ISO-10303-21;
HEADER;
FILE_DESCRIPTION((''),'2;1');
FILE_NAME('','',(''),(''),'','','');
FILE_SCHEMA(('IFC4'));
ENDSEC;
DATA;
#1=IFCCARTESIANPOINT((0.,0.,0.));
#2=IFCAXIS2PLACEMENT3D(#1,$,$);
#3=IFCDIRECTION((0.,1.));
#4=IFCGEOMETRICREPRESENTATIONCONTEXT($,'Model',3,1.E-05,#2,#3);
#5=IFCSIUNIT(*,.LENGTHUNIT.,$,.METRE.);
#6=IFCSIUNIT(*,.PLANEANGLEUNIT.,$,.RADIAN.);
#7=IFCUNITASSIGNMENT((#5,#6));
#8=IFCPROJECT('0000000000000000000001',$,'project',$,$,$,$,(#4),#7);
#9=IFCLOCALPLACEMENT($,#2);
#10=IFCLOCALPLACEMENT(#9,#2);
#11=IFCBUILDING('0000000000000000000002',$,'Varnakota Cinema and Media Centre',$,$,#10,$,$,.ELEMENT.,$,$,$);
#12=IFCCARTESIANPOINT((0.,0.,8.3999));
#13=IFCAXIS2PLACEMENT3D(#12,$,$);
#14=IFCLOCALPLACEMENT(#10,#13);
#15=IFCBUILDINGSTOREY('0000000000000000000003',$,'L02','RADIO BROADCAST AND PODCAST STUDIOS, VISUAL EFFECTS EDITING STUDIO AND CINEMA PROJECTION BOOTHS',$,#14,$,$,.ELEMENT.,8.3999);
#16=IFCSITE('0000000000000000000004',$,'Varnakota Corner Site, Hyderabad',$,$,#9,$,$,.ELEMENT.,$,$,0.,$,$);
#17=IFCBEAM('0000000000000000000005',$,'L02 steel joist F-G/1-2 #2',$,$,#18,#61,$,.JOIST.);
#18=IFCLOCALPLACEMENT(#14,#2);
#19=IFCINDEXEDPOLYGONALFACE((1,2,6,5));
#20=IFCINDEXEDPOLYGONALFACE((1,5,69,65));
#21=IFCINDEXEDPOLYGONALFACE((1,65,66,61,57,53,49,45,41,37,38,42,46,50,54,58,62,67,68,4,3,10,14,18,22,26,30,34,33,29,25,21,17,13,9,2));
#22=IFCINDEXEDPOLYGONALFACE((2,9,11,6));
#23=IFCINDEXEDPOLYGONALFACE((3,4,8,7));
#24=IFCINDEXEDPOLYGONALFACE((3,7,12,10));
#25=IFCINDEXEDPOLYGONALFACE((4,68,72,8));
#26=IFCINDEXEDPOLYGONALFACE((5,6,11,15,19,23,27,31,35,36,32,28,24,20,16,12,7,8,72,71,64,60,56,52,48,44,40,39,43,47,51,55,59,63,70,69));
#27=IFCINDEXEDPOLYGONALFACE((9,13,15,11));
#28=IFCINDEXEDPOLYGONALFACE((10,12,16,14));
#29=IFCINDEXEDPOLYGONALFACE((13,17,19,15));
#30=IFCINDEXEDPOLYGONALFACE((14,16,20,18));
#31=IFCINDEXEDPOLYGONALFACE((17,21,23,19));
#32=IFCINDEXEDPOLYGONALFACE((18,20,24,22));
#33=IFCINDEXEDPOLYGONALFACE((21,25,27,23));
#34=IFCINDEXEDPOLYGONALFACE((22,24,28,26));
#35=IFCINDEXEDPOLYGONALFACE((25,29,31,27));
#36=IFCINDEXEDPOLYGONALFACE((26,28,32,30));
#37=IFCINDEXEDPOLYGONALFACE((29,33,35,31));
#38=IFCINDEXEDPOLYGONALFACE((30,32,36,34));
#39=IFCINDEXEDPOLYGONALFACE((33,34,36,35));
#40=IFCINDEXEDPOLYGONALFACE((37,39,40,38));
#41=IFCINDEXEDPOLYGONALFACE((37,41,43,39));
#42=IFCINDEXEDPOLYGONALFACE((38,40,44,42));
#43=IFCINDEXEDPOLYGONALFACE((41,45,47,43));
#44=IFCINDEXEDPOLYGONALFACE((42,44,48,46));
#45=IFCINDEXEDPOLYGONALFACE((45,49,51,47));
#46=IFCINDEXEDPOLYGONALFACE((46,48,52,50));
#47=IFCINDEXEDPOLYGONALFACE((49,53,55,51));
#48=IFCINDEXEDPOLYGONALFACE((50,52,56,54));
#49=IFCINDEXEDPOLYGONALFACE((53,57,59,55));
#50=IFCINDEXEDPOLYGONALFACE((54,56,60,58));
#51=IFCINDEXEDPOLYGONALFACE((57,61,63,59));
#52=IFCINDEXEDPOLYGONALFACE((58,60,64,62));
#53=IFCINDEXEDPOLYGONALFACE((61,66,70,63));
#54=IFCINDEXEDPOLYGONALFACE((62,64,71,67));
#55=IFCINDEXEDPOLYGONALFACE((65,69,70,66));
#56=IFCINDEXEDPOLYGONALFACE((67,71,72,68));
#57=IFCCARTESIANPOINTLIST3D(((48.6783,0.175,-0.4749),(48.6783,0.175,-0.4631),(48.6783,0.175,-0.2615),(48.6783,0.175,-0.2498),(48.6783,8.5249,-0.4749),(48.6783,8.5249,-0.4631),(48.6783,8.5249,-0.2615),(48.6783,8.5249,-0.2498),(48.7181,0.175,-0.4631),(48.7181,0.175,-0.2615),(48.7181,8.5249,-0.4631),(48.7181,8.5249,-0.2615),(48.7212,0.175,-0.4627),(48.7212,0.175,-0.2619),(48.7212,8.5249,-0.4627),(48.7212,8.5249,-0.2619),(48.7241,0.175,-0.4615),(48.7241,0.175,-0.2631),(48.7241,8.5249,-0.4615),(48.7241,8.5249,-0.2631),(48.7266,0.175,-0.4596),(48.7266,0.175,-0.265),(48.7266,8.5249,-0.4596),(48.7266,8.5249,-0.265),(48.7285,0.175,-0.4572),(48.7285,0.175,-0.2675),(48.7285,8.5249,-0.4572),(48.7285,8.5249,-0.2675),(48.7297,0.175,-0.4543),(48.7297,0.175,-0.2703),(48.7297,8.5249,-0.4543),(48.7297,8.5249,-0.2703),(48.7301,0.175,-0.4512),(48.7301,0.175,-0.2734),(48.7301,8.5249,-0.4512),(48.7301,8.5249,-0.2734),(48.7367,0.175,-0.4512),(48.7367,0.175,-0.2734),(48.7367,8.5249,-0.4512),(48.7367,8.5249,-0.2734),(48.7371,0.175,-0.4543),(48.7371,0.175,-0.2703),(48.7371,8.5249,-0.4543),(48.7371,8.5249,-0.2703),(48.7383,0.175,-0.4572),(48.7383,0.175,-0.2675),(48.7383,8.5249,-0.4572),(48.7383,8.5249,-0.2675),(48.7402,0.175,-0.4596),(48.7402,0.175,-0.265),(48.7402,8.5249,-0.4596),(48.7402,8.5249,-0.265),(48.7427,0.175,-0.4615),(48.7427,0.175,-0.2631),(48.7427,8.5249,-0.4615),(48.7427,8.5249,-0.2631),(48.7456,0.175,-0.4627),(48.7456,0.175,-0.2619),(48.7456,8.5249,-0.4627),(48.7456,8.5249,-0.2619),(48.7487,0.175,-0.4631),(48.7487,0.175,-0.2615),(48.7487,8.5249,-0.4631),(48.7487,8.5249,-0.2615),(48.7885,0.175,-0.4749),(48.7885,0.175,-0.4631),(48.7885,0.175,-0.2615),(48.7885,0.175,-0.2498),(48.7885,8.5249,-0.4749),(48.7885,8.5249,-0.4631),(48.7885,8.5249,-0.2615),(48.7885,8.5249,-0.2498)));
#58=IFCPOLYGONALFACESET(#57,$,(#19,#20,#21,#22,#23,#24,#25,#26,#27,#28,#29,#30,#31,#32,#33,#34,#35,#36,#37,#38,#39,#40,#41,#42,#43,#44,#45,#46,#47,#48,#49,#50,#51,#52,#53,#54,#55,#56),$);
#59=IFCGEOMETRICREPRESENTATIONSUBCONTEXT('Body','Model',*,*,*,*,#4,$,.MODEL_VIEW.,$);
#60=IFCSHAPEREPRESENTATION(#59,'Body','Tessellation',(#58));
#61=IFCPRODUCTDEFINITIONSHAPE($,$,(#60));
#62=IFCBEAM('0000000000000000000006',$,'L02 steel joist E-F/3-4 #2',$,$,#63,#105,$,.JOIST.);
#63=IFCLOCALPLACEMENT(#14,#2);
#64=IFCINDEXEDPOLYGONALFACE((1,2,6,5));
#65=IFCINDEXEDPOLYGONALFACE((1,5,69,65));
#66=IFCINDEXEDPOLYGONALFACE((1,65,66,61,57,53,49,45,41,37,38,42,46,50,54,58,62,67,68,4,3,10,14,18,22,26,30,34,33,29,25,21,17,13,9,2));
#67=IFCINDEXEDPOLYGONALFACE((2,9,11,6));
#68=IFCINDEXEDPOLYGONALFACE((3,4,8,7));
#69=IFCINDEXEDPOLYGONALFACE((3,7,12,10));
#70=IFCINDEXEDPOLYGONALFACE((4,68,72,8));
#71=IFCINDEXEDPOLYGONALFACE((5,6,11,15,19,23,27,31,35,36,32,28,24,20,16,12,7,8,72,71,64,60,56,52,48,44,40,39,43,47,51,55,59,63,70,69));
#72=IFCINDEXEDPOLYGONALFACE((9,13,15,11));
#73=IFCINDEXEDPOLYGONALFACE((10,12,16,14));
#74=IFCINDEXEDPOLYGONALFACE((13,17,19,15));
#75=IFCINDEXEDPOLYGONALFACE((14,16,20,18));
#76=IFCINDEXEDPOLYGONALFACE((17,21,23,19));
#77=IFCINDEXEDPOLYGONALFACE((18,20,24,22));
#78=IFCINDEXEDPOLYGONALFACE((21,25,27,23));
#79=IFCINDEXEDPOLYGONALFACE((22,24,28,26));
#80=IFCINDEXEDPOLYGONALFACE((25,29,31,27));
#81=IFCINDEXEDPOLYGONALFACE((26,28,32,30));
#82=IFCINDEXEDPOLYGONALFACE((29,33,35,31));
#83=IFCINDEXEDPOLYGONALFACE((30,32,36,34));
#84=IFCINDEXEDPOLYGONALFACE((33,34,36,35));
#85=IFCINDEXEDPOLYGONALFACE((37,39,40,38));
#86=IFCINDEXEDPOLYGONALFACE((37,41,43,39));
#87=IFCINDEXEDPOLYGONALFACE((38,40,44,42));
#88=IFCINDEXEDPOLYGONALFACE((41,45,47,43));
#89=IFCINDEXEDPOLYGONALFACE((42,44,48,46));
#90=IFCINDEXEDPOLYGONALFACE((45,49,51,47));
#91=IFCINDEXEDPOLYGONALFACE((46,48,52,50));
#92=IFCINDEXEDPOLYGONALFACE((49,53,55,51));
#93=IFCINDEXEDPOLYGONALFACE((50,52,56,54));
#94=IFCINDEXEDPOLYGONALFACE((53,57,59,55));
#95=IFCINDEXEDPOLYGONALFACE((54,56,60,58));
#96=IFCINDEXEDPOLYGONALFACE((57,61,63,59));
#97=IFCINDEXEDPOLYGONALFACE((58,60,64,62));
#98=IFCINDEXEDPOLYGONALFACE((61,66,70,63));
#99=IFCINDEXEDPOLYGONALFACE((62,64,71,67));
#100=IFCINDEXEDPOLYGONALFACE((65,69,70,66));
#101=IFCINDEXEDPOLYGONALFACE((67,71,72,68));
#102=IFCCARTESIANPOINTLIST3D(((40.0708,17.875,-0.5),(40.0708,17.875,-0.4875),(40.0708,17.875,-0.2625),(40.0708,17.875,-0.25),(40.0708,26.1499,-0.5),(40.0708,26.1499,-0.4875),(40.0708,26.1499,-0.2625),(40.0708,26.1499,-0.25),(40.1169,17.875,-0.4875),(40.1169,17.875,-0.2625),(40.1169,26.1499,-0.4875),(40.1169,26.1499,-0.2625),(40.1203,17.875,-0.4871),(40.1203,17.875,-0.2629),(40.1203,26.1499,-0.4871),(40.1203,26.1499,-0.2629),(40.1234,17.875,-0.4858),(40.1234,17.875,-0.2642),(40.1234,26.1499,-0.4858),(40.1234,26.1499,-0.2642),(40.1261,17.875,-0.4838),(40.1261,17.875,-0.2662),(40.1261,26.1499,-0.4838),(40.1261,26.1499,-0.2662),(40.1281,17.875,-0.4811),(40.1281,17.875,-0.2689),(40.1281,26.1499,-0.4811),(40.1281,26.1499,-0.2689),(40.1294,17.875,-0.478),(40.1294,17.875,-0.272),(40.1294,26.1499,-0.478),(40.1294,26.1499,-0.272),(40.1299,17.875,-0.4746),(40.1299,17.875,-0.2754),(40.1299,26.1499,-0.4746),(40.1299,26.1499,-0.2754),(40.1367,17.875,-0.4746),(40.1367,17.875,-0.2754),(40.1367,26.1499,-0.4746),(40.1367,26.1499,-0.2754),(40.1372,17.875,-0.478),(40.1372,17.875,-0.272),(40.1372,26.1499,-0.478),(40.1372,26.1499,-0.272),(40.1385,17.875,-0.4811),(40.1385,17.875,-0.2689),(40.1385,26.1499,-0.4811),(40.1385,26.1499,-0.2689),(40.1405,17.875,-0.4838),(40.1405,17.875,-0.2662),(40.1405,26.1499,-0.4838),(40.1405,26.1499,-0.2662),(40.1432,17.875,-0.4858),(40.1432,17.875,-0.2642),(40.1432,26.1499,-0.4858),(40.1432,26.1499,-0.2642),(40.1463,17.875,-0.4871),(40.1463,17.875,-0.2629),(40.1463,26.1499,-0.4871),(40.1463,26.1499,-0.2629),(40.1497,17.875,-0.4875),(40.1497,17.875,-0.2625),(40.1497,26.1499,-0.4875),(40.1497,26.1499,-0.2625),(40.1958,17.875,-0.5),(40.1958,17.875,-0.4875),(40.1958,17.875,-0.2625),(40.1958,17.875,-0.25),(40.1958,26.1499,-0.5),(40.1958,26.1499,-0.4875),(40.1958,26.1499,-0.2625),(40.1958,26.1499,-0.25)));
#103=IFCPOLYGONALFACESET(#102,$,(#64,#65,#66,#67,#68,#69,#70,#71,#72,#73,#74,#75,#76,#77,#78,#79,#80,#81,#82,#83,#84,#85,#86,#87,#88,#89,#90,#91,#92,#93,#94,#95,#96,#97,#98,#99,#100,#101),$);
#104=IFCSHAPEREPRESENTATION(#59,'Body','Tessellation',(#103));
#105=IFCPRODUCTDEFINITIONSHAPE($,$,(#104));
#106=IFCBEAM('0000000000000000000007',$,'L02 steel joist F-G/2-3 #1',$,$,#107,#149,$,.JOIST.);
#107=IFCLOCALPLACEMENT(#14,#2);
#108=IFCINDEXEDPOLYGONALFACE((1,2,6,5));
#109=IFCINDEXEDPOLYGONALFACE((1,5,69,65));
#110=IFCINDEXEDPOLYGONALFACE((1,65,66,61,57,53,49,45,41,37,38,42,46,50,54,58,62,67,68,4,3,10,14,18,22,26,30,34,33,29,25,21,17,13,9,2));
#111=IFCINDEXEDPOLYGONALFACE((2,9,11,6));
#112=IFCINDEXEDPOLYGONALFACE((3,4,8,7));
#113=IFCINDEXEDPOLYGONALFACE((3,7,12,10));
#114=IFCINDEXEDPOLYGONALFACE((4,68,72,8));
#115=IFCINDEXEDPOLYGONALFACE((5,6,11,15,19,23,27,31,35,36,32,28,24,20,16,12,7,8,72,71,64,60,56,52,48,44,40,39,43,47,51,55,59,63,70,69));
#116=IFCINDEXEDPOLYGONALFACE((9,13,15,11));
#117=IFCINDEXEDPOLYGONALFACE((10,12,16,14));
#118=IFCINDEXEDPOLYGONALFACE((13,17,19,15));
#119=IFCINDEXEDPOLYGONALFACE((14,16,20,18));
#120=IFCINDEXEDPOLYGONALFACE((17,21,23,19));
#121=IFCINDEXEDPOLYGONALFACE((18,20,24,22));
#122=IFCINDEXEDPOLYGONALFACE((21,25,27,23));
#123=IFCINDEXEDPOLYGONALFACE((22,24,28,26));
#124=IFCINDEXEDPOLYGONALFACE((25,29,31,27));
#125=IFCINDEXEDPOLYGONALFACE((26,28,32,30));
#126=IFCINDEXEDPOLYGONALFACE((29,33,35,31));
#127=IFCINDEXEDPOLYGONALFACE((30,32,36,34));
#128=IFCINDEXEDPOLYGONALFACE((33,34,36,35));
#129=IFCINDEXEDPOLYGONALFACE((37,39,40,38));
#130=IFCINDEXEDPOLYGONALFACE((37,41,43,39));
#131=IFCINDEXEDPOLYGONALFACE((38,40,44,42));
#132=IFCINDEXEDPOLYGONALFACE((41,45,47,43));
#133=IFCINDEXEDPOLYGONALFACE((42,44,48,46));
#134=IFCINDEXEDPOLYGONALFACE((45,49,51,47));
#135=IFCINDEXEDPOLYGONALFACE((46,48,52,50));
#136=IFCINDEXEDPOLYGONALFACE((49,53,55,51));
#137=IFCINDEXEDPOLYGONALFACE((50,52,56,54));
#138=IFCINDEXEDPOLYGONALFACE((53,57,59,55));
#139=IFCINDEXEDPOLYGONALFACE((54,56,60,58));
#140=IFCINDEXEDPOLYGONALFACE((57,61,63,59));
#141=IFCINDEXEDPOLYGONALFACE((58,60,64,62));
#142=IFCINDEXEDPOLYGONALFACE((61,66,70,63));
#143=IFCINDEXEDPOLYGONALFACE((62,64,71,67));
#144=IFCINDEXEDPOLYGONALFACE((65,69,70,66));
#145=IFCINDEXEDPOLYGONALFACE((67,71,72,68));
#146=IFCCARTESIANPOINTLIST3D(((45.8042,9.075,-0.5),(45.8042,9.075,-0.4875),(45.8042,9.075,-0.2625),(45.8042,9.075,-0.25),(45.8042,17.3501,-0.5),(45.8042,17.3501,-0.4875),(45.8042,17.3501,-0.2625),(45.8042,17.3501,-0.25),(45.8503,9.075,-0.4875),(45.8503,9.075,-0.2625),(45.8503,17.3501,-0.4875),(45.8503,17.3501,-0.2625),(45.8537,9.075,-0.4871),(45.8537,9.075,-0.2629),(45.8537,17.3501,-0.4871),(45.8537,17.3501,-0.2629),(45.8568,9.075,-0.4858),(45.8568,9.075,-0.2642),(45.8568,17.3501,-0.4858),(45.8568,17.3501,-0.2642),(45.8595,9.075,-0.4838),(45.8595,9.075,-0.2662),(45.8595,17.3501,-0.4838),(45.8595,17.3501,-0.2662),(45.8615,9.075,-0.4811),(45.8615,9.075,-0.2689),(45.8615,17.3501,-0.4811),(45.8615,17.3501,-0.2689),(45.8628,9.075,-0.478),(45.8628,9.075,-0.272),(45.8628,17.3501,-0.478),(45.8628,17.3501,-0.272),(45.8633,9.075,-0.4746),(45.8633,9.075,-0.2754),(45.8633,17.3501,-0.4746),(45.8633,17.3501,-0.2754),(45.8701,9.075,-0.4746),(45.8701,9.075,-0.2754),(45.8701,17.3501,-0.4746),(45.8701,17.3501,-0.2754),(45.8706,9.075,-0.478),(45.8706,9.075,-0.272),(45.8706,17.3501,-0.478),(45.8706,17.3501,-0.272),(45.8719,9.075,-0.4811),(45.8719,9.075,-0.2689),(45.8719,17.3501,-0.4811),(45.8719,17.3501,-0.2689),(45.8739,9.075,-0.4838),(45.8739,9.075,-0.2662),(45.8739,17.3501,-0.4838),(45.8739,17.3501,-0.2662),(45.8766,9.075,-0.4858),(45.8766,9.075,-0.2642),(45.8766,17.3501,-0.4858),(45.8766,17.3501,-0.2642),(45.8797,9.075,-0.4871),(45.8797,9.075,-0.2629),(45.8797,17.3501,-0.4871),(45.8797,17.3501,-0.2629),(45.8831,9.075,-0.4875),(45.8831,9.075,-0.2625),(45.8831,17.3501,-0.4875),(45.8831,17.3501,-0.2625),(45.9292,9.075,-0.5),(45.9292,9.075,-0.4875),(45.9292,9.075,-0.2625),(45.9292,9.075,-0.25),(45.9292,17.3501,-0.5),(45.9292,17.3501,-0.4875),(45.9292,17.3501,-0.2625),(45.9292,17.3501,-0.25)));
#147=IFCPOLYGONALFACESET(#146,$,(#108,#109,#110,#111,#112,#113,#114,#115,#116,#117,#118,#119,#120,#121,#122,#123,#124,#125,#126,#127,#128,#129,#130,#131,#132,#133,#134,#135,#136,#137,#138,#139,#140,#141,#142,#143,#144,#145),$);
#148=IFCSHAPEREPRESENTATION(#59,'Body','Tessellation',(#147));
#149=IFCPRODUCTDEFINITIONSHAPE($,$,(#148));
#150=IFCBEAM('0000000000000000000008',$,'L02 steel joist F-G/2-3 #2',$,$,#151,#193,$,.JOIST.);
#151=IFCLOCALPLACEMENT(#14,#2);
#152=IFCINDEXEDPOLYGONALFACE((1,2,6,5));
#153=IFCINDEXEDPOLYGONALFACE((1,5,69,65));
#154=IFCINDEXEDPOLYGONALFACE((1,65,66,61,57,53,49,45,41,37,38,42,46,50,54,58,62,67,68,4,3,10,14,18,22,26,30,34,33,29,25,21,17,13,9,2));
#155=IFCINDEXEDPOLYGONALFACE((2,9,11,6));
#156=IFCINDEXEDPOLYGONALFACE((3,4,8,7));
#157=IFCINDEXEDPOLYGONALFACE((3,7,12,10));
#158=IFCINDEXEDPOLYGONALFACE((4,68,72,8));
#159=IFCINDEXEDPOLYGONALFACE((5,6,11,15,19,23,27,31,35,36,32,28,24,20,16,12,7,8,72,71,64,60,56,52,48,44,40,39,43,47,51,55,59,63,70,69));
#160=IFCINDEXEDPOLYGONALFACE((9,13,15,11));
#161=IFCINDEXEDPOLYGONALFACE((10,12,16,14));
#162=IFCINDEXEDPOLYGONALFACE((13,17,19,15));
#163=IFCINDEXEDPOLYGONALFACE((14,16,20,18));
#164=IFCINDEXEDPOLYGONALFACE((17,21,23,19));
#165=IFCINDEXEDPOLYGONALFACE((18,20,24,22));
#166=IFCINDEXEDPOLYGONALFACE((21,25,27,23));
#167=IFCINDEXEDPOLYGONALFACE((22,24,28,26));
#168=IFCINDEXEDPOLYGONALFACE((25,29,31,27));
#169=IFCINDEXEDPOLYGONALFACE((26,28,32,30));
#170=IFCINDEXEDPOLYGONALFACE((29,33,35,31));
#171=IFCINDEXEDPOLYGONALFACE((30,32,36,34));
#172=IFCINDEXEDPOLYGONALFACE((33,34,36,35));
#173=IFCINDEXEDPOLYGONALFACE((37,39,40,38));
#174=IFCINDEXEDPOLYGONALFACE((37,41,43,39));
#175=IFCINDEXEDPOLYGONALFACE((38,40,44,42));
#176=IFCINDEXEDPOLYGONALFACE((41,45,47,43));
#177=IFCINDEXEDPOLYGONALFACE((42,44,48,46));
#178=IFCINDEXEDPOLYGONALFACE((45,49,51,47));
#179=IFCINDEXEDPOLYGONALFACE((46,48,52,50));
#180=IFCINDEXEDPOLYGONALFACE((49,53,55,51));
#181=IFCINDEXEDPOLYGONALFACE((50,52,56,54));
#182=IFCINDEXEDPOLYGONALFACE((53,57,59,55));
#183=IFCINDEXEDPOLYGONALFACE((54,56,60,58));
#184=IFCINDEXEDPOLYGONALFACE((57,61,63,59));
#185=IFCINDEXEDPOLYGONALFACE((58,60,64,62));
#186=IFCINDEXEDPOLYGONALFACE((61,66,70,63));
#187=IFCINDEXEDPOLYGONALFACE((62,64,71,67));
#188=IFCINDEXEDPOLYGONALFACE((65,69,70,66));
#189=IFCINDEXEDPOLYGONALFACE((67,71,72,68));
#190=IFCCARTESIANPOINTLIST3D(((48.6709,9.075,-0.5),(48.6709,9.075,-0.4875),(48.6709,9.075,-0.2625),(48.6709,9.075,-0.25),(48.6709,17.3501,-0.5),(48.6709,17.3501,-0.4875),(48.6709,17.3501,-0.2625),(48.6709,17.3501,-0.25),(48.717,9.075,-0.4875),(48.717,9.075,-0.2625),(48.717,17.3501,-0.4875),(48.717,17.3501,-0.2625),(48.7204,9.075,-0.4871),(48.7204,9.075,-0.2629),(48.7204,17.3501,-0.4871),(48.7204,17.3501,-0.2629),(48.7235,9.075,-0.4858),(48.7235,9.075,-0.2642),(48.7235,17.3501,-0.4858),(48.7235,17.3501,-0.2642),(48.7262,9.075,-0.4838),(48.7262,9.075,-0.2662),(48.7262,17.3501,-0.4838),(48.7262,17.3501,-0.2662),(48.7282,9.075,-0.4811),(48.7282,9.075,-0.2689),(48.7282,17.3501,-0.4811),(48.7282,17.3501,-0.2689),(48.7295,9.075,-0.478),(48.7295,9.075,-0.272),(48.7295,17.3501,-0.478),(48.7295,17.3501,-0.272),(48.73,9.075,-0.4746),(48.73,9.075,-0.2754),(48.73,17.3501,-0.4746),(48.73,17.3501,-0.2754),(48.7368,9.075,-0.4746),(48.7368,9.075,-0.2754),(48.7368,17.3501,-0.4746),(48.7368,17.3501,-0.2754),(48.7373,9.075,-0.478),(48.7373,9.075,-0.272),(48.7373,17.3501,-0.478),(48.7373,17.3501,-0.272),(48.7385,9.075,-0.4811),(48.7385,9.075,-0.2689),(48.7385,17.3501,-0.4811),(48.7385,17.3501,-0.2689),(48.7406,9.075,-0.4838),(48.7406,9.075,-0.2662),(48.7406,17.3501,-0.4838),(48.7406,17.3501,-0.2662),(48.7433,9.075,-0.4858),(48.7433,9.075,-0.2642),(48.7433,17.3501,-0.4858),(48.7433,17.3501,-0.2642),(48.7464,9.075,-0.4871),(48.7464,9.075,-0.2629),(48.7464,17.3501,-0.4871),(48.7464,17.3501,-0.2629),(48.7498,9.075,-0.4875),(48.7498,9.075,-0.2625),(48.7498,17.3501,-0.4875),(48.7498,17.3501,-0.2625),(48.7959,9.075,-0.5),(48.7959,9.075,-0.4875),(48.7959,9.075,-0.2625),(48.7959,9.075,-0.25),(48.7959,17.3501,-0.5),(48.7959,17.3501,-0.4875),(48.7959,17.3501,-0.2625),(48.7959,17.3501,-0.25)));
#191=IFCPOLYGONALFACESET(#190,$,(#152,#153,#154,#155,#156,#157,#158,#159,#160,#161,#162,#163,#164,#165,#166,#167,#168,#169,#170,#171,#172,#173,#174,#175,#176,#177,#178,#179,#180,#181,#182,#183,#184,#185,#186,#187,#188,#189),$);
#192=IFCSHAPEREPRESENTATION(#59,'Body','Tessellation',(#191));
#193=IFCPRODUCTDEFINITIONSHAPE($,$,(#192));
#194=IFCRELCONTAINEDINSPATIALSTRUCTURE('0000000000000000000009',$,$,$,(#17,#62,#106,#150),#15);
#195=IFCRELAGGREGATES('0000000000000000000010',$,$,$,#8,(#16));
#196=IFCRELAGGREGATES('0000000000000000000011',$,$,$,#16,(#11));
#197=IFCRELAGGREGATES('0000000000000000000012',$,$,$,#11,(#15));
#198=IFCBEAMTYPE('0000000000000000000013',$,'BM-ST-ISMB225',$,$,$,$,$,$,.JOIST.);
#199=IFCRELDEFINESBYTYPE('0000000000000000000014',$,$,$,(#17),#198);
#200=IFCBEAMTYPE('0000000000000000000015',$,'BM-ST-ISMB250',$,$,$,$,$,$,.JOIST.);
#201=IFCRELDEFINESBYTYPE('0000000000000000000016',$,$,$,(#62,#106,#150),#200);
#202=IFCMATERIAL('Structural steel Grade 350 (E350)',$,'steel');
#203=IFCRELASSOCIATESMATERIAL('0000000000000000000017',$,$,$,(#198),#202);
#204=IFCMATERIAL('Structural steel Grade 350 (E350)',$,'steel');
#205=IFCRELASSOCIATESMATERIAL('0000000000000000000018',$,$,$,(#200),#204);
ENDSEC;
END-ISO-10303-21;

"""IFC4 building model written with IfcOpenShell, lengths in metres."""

from ifc_helpers import new_model, si_unit, direction, frame, origin, origin_2d, place, context, subcontext, project, spatial, i_section, extrude, material, material_profile, profile_set, type_object, element, save


model = new_model("IFC4")

# Units and contexts
model_context = context("Model", 3, precision=1e-05, world=origin(), true_north=direction((0.0, 1.0)))
body_context = subcontext(model_context, "Body", "Model", "MODEL_VIEW")
ifc_project = project(units=[si_unit("LENGTHUNIT", "METRE"), si_unit("PLANEANGLEUNIT", "RADIAN")], contexts=[model_context])

# Site, building, storey
site_placement = place(None, origin())
site = spatial("IfcSite", under=ifc_project, at=site_placement, Name="Varnakota Corner Site, Hyderabad", CompositionType="ELEMENT", RefElevation=0.0)
building_placement = place(site_placement, origin())
building = spatial("IfcBuilding", under=site, at=building_placement, Name="Varnakota Cinema and Media Centre", CompositionType="ELEMENT")
storey_placement = place(building_placement, frame((0.0, 0.0, 8.3999)))
storey = spatial("IfcBuildingStorey", under=building, at=storey_placement, Name="L02", Description="RADIO BROADCAST AND PODCAST STUDIOS, VISUAL EFFECTS EDITING STUDIO AND CINEMA PROJECTION BOOTHS", CompositionType="ELEMENT", Elevation=8.3999)

# Beams
ifc_material_1 = material(Name="Structural steel Grade 350 (E350)", Category="steel")
ifc_material_profile_1 = material_profile(ifc_material_1, i_section(OverallWidth=0.1101, OverallDepth=0.2251, WebThickness=0.0066, FlangeThickness=0.0117, FilletRadius=0.012, at=origin_2d()), Name="ISMB 225")
ifc_profile_set_1 = profile_set([ifc_material_profile_1], Name="Structural steel Grade 350 (E350)")
beam_type_1 = type_object("IfcBeamType", Name="BM-ST-ISMB225", PredefinedType="JOIST", material=ifc_profile_set_1)
for number, where, z_axis, x_axis, name in (
    (1, (48.7334, 0.175, -0.3623), (0.0, 1.0, 0.0), (-1.0, 0.0, 0.0), "L02 steel joist F-G/1-2 #2"),
):
    element("IfcBeam", number, at=place(storey_placement, frame(where, z_axis=z_axis, x_axis=x_axis)), inside=storey, type_object=beam_type_1, Name=name, PredefinedType="JOIST", context=body_context, shape_type="SweptSolid", body=[
        extrude(i_section(OverallWidth=0.1101, OverallDepth=0.2251, WebThickness=0.0066, FlangeThickness=0.0117, FilletRadius=0.012, at=origin_2d()), origin(), (0.0, 0.0, 1.0), 8.3499),
    ])
ifc_material_2 = material(Name="Structural steel Grade 350 (E350)", Category="steel")
ifc_material_profile_2 = material_profile(ifc_material_2, i_section(OverallWidth=0.125, OverallDepth=0.25, WebThickness=0.0068, FlangeThickness=0.0125, FilletRadius=0.0129, at=origin_2d()), Name="ISMB 250")
ifc_profile_set_2 = profile_set([ifc_material_profile_2], Name="Structural steel Grade 350 (E350)")
beam_type_2 = type_object("IfcBeamType", Name="BM-ST-ISMB250", PredefinedType="JOIST", material=ifc_profile_set_2)
beam_1_placement = place(storey_placement, frame((40.1333, 17.875, -0.375), z_axis=(0.0, 1.0, 0.0), x_axis=(-1.0, 0.0, 0.0)))
element("IfcBeam", 2, at=beam_1_placement, inside=storey, type_object=beam_type_2, Name="L02 steel joist E-F/3-4 #2", PredefinedType="JOIST", context=body_context, shape_type="SweptSolid", body=[
    extrude(i_section(OverallWidth=0.125, OverallDepth=0.25, WebThickness=0.0068, FlangeThickness=0.0125, FilletRadius=0.0129, at=origin_2d()), origin(), (0.0, 0.0, 1.0), 8.2749),
])
for number, where, z_axis, x_axis, name in (
    (3, (45.8667, 9.075, -0.375), (0.0, 1.0, 0.0), (-1.0, 0.0, 0.0), "L02 steel joist F-G/2-3 #1"),
    (4, (48.7334, 9.075, -0.375), (0.0, 1.0, 0.0), (-1.0, 0.0, 0.0), "L02 steel joist F-G/2-3 #2"),
):
    element("IfcBeam", number, at=place(storey_placement, frame(where, z_axis=z_axis, x_axis=x_axis)), inside=storey, type_object=beam_type_2, Name=name, PredefinedType="JOIST", context=body_context, shape_type="SweptSolid", body=[
        extrude(i_section(OverallWidth=0.125, OverallDepth=0.25, WebThickness=0.0068, FlangeThickness=0.0125, FilletRadius=0.0129, at=origin_2d()), origin(), (0.0, 0.0, 1.0), 8.2751),
    ])

save(model, "model.ifc")
